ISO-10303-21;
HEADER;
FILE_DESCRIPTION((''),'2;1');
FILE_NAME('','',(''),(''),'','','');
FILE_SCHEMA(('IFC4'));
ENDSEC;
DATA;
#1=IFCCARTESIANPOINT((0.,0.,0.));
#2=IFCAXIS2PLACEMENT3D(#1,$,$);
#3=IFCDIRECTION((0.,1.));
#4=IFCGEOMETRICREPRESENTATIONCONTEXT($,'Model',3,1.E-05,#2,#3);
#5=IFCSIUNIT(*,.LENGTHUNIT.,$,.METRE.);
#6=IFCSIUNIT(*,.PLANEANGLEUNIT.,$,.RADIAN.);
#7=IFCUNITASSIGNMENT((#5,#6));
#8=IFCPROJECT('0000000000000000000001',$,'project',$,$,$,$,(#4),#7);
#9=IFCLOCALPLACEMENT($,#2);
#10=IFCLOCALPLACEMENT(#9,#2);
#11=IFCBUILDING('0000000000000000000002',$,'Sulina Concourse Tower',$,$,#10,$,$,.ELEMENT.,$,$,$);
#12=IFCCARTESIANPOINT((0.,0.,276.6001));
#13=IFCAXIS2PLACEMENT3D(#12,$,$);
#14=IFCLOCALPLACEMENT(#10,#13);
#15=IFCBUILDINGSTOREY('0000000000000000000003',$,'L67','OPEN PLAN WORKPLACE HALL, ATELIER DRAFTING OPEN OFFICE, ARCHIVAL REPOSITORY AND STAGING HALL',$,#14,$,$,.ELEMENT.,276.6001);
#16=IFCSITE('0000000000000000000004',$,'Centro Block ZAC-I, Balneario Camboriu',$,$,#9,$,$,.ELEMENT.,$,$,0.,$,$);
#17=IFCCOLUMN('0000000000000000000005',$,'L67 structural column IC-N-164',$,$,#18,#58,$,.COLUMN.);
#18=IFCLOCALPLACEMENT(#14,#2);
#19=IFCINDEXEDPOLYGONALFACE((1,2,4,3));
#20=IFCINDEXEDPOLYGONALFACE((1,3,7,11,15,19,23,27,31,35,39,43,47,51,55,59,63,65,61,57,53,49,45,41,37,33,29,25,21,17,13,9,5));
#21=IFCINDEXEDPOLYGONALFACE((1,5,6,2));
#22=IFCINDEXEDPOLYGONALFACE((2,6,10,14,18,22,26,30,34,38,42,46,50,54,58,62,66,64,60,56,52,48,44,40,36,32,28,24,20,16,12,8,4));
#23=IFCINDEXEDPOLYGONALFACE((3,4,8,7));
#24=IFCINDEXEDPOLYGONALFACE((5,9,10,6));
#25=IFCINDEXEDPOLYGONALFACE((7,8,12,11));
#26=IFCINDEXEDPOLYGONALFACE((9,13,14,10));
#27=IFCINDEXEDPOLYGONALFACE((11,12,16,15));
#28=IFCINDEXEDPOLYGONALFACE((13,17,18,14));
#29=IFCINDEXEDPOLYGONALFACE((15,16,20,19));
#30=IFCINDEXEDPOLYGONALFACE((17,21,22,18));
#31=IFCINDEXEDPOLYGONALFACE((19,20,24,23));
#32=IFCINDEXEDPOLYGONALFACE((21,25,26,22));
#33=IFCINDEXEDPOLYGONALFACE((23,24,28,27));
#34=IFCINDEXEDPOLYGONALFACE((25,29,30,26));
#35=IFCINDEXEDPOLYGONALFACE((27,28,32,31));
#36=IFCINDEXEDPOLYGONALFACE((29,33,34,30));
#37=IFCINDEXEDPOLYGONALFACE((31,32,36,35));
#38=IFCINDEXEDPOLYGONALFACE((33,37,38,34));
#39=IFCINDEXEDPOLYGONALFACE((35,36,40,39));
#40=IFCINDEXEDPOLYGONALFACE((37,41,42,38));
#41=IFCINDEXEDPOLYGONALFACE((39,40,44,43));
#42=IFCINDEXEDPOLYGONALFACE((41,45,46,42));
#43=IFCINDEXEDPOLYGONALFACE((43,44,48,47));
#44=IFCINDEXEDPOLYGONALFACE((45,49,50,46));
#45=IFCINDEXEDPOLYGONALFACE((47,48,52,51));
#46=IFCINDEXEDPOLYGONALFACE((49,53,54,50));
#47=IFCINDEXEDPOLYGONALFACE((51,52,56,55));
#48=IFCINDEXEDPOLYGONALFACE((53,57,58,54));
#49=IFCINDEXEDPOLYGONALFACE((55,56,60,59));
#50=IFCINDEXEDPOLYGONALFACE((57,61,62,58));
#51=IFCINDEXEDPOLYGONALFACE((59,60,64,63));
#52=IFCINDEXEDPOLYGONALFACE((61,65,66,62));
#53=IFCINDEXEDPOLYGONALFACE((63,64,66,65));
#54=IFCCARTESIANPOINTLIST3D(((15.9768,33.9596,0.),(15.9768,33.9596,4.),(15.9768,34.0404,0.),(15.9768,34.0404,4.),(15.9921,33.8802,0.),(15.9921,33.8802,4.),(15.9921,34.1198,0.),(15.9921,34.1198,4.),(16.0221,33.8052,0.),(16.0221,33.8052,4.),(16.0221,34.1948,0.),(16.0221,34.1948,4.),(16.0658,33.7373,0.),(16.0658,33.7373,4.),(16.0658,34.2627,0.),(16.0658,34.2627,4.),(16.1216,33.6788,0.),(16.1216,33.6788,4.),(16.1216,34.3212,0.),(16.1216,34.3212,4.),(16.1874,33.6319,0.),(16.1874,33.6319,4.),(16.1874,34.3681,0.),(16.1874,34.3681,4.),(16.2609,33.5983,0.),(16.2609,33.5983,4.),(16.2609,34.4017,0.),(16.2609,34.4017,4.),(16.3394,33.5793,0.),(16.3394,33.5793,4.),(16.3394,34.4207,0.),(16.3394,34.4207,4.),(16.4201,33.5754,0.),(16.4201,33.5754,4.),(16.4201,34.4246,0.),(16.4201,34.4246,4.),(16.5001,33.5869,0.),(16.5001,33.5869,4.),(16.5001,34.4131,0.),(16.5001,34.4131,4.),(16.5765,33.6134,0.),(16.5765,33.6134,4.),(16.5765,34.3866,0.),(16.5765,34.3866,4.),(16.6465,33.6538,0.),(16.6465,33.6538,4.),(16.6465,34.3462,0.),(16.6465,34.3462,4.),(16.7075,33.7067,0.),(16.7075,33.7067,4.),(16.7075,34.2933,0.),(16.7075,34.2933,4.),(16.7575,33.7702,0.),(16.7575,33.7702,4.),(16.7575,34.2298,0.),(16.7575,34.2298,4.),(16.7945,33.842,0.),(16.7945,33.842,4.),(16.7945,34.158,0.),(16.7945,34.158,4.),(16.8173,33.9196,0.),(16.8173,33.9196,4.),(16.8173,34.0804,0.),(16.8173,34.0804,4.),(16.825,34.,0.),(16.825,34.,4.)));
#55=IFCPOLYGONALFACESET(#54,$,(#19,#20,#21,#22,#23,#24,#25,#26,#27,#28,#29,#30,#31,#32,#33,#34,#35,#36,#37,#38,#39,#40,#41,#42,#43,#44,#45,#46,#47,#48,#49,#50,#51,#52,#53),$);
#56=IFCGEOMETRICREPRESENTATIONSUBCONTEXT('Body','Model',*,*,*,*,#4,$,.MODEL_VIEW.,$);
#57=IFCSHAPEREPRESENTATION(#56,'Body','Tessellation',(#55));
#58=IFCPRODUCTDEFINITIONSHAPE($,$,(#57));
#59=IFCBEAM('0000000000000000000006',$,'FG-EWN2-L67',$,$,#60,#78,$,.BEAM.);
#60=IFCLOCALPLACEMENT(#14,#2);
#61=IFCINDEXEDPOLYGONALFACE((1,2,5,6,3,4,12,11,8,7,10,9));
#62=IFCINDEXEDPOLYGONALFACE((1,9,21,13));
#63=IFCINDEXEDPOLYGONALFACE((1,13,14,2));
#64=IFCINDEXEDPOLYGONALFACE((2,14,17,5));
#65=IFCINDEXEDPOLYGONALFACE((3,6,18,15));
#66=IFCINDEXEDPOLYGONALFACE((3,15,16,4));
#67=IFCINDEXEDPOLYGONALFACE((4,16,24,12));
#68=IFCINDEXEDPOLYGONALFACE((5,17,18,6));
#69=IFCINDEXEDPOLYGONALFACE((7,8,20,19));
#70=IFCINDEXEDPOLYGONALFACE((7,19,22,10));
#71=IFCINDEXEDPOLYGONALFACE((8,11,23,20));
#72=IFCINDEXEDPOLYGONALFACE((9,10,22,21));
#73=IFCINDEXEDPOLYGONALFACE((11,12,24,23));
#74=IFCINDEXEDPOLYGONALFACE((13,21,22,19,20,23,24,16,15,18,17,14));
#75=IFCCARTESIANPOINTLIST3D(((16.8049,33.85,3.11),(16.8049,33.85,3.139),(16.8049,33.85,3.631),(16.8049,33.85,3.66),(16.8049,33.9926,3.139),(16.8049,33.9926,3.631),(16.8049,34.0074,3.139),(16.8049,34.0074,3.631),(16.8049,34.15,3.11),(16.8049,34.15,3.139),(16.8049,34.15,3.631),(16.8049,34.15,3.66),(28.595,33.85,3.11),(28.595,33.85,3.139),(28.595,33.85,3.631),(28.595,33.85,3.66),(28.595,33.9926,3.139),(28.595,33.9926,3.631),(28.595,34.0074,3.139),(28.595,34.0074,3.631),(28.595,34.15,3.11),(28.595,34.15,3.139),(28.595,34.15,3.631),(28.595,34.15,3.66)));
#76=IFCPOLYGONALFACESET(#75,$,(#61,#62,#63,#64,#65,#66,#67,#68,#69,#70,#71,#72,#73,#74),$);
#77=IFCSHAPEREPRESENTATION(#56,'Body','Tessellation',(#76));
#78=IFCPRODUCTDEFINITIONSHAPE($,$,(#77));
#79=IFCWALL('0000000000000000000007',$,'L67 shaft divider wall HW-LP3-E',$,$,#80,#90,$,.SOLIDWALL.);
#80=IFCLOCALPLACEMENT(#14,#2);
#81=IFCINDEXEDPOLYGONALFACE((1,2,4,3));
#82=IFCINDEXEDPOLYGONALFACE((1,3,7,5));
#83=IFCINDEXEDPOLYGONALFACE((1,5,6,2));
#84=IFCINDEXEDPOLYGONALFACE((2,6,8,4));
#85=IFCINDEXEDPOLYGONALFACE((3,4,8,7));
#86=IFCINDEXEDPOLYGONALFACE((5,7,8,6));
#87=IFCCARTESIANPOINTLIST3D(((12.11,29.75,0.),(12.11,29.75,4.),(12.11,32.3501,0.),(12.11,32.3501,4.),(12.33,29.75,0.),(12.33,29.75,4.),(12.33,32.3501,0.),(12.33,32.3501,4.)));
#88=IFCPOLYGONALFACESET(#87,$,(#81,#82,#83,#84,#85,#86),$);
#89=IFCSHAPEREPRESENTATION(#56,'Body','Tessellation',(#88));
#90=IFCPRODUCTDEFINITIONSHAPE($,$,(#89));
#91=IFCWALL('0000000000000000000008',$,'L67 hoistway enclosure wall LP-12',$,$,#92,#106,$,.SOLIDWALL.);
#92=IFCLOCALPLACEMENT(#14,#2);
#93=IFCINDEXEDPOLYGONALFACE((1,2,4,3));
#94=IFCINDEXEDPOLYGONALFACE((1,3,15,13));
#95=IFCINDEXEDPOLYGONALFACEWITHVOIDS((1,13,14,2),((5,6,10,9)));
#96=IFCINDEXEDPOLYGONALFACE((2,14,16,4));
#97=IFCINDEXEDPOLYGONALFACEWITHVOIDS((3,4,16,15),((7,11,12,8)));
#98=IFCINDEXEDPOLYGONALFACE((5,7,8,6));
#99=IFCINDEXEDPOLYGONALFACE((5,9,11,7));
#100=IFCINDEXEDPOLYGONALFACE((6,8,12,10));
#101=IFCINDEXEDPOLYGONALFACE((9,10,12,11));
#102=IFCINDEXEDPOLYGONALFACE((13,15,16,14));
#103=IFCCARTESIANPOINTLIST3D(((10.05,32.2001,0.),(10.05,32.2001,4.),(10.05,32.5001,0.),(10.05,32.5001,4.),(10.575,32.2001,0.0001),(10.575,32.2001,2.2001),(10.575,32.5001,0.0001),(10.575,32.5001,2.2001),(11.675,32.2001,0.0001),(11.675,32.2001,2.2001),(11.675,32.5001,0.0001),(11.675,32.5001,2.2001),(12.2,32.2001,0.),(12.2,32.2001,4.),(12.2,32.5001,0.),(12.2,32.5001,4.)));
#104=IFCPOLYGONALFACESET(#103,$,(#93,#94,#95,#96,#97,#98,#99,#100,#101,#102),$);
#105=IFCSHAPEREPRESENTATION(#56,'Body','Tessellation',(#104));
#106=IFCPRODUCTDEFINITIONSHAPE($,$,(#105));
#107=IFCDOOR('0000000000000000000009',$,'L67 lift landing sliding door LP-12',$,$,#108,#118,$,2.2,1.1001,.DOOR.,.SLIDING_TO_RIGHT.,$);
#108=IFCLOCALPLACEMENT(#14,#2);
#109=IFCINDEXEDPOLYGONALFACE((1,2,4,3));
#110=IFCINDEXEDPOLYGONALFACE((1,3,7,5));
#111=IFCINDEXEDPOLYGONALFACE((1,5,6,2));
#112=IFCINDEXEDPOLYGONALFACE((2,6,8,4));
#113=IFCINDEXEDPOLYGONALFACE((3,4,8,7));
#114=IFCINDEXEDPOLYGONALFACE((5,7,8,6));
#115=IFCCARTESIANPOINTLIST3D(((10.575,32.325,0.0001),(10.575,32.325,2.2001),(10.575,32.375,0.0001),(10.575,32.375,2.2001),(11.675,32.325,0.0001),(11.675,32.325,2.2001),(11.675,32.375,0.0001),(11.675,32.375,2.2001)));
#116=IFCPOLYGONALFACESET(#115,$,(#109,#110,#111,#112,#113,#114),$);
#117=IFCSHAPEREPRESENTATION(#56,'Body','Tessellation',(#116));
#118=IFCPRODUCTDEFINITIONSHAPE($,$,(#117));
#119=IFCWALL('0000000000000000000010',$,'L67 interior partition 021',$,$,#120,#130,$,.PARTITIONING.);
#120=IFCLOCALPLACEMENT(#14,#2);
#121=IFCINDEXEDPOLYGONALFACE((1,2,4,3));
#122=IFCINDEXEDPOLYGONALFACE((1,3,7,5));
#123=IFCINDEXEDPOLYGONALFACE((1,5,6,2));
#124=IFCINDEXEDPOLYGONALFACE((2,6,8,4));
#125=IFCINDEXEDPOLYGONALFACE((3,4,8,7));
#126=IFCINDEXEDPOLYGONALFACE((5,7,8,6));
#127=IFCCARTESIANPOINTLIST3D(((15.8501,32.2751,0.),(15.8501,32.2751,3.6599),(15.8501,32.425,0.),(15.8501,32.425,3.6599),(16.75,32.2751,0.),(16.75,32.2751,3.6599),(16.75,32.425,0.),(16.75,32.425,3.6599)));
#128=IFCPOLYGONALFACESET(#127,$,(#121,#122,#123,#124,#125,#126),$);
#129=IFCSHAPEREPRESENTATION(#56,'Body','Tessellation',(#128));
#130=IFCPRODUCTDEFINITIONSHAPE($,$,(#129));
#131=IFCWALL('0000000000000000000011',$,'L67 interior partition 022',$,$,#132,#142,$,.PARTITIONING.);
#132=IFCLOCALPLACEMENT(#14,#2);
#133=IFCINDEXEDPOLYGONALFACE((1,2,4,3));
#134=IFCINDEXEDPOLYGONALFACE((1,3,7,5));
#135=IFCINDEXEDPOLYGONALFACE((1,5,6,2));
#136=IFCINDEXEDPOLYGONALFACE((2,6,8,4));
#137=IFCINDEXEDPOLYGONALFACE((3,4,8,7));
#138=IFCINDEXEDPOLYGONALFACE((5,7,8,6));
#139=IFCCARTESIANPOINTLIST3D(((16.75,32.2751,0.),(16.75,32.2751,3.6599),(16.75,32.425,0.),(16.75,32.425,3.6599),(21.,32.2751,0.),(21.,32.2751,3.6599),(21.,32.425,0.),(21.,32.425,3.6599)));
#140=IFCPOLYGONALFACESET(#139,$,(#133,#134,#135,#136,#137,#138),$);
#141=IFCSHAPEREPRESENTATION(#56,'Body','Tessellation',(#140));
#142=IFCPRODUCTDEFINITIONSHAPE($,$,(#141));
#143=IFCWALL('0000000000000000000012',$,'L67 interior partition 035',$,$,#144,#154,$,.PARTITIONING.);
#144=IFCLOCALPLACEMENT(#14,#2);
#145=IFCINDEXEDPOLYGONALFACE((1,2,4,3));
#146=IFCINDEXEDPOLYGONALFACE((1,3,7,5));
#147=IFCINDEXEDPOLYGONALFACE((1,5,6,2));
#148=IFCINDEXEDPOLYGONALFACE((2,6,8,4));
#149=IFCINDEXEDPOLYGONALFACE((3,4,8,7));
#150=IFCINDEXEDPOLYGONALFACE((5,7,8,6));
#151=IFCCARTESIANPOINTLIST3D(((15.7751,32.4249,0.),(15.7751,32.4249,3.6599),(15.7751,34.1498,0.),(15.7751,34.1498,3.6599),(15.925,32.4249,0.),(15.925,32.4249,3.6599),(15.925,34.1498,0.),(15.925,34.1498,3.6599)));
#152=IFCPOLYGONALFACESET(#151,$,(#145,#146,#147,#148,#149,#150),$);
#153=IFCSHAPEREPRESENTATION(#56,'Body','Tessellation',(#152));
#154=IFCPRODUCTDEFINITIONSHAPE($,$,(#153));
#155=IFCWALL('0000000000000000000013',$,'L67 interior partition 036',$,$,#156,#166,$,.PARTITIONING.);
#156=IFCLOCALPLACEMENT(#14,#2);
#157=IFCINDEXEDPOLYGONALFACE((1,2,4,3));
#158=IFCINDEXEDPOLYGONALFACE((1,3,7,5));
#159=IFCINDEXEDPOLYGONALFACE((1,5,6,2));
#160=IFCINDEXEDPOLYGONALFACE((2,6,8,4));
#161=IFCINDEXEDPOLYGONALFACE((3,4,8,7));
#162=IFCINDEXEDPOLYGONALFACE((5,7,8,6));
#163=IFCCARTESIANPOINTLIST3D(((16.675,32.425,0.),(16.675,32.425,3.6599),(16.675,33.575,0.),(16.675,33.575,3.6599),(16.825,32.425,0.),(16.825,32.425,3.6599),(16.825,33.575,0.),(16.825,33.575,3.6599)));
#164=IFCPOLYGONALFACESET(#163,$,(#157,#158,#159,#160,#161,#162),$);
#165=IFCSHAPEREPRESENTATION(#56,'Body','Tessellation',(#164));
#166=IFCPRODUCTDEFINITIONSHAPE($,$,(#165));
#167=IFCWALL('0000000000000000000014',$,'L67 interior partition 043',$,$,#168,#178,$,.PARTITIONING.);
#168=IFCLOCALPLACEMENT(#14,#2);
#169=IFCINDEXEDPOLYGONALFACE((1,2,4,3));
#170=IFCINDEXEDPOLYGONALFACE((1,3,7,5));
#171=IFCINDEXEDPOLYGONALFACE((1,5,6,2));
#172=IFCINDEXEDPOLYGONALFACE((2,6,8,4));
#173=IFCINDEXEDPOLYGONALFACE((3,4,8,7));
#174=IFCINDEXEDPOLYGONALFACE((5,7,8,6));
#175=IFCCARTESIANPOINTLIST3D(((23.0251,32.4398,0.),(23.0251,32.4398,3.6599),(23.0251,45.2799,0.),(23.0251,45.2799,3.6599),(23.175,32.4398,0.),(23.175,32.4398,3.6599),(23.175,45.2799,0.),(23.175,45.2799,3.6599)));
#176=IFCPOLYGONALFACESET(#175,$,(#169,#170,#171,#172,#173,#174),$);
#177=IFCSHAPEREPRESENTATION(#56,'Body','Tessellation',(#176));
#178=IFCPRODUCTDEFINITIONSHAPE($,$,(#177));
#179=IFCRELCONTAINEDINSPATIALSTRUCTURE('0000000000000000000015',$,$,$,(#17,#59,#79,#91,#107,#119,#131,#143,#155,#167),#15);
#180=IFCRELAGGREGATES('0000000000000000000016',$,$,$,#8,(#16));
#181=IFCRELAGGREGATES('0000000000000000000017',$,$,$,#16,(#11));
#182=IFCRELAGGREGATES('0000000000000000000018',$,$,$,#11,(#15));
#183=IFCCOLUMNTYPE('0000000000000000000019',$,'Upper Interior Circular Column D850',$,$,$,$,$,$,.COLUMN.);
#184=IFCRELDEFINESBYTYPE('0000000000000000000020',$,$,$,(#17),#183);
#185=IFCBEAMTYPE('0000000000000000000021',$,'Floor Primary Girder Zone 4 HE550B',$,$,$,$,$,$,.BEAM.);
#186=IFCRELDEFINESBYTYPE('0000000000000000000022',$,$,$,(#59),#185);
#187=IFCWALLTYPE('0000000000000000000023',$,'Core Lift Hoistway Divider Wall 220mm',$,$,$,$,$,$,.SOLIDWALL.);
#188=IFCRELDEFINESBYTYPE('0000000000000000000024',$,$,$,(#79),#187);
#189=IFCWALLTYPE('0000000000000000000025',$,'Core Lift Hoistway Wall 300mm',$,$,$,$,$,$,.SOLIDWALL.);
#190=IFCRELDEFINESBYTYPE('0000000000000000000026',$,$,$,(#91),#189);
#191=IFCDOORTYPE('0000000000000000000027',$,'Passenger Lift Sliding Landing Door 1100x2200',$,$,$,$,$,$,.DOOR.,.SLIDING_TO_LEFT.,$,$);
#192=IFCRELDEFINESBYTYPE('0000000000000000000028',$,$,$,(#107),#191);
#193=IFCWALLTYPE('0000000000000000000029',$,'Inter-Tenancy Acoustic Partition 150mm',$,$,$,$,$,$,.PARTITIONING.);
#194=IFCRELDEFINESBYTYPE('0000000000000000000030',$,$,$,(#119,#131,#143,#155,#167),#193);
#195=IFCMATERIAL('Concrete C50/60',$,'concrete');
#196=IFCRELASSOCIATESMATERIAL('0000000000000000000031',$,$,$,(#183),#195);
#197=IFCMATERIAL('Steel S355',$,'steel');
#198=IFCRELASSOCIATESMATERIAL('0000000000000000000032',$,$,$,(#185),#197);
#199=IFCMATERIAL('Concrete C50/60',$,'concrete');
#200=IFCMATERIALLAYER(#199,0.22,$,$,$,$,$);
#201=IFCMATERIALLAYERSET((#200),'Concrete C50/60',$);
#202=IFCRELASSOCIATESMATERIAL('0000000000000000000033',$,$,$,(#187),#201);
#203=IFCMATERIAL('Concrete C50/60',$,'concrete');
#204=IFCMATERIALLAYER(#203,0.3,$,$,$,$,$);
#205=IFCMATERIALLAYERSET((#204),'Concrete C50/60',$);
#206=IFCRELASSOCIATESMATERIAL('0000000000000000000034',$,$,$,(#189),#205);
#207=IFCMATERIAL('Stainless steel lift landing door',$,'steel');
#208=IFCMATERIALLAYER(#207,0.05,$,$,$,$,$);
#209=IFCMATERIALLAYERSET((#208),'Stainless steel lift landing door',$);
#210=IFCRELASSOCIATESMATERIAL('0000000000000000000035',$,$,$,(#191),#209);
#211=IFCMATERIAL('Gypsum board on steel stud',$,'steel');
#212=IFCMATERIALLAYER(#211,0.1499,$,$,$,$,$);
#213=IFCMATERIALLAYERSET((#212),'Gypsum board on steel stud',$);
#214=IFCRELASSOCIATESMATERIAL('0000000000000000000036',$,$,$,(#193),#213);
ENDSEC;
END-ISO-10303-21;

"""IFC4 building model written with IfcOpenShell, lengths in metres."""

from ifc_helpers import new_model, si_unit, direction, frame, frame_2d, origin, origin_2d, place, context, subcontext, project, spatial, rectangle, circle, i_section, extrude, material, layer, layer_set, material_profile, profile_set, type_object, element, fill, save


model = new_model("IFC4")

# Units and contexts
model_context = context("Model", 3, precision=1e-05, world=origin(), true_north=direction((0.0, 1.0)))
body_context = subcontext(model_context, "Body", "Model", "MODEL_VIEW")
ifc_project = project(units=[si_unit("LENGTHUNIT", "METRE"), si_unit("PLANEANGLEUNIT", "RADIAN")], contexts=[model_context])

# Site, building, storey
site_placement = place(None, origin())
site = spatial("IfcSite", under=ifc_project, at=site_placement, Name="Centro Block ZAC-I, Balneario Camboriu", CompositionType="ELEMENT", RefElevation=0.0)
building_placement = place(site_placement, origin())
building = spatial("IfcBuilding", under=site, at=building_placement, Name="Sulina Concourse Tower", CompositionType="ELEMENT")
storey_placement = place(building_placement, frame((0.0, 0.0, 276.6001)))
storey = spatial("IfcBuildingStorey", under=building, at=storey_placement, Name="L67", Description="OPEN PLAN WORKPLACE HALL, ATELIER DRAFTING OPEN OFFICE, ARCHIVAL REPOSITORY AND STAGING HALL", CompositionType="ELEMENT", Elevation=276.6001)

# Column
ifc_material_1 = material(Name="Concrete C50/60", Category="concrete")
ifc_material_profile_1 = material_profile(ifc_material_1, circle(Radius=0.425, at=origin_2d()), Name="RC D850")
ifc_profile_set_1 = profile_set([ifc_material_profile_1], Name="Concrete C50/60")
column_type = type_object("IfcColumnType", Name="Upper Interior Circular Column D850", PredefinedType="COLUMN", material=ifc_profile_set_1)
column_placement = place(storey_placement, frame((16.3999, 34.0, 0.0), z_axis=(0.0, 0.0, 1.0), x_axis=(1.0, 0.0, 0.0)))
element("IfcColumn", 1, at=column_placement, inside=storey, type_object=column_type, Name="L67 structural column IC-N-164", PredefinedType="COLUMN", context=body_context, shape_type="SweptSolid", body=[
    extrude(circle(Radius=0.425, at=origin_2d()), origin(), (0.0, 0.0, 1.0), 4.0),
])

# Beam
ifc_material_2 = material(Name="Steel S355", Category="steel")
ifc_material_profile_2 = material_profile(ifc_material_2, i_section(OverallWidth=0.3, OverallDepth=0.55, WebThickness=0.0149, FlangeThickness=0.0291, at=origin_2d()), Name="HE 550 B")
ifc_profile_set_2 = profile_set([ifc_material_profile_2], Name="Steel S355")
beam_type = type_object("IfcBeamType", Name="Floor Primary Girder Zone 4 HE550B", PredefinedType="BEAM", material=ifc_profile_set_2)
beam_placement = place(storey_placement, frame((16.8049, 34.0, 3.385), z_axis=(1.0, 0.0, 0.0), x_axis=(0.0, 1.0, 0.0)))
element("IfcBeam", 2, at=beam_placement, inside=storey, type_object=beam_type, Name="FG-EWN2-L67", PredefinedType="BEAM", context=body_context, shape_type="SweptSolid", body=[
    extrude(i_section(OverallWidth=0.3, OverallDepth=0.55, WebThickness=0.0149, FlangeThickness=0.0291, at=origin_2d()), origin(), (0.0, 0.0, 1.0), 11.79),
])

# Wall
ifc_material_3 = material(Name="Concrete C50/60", Category="concrete")
ifc_layer_1 = layer(ifc_material_3, 0.22)
ifc_layer_set_1 = layer_set([ifc_layer_1], Name="Concrete C50/60")
wall_type_1 = type_object("IfcWallType", Name="Core Lift Hoistway Divider Wall 220mm", PredefinedType="SOLIDWALL", material=ifc_layer_set_1)
wall_1_placement = place(storey_placement, frame((12.22, 29.75, 0.0), z_axis=(0.0, 0.0, 1.0), x_axis=(0.0, 1.0, 0.0)))
element("IfcWall", 3, at=wall_1_placement, inside=storey, type_object=wall_type_1, Name="L67 shaft divider wall HW-LP3-E", PredefinedType="SOLIDWALL", context=body_context, shape_type="SweptSolid", body=[
    extrude(rectangle(XDim=2.6001, YDim=0.22, at=frame_2d((1.3, 0.0))), origin(), (0.0, 0.0, 1.0), 4.0),
])

# Wall, opening, door
ifc_material_4 = material(Name="Concrete C50/60", Category="concrete")
ifc_layer_2 = layer(ifc_material_4, 0.3)
ifc_layer_set_2 = layer_set([ifc_layer_2], Name="Concrete C50/60")
wall_type_2 = type_object("IfcWallType", Name="Core Lift Hoistway Wall 300mm", PredefinedType="SOLIDWALL", material=ifc_layer_set_2)
wall_2_placement = place(storey_placement, frame((10.05, 32.3501, 0.0), z_axis=(0.0, 0.0, 1.0), x_axis=(1.0, 0.0, 0.0)))
wall_2 = element("IfcWall", 4, at=wall_2_placement, inside=storey, type_object=wall_type_2, Name="L67 hoistway enclosure wall LP-12", PredefinedType="SOLIDWALL", context=body_context, shape_type="SweptSolid", body=[
    extrude(rectangle(XDim=2.1499, YDim=0.3, at=frame_2d((1.075, 0.0))), origin(), (0.0, 0.0, 1.0), 4.0),
])
opening_1_placement = place(wall_2_placement, frame((0.5249, 0.0, 0.0)))
opening_1 = element("IfcOpeningElement", 5, at=opening_1_placement, cuts=wall_2, PredefinedType="OPENING", context=body_context, shape_type="SweptSolid", body=[
    extrude(rectangle(XDim=1.1001, YDim=2.2, at=frame_2d((0.55, 1.1001))), frame((0.0, 0.1599, 0.0), z_axis=(0.0, -1.0, 0.0), x_axis=(1.0, 0.0, 0.0)), (0.0, 0.0, 1.0), 0.3201),
])
ifc_material_5 = material(Name="Stainless steel lift landing door", Category="steel")
ifc_layer_3 = layer(ifc_material_5, 0.05)
ifc_layer_set_3 = layer_set([ifc_layer_3], Name="Stainless steel lift landing door")
door_type_1 = type_object("IfcDoorType", Name="Passenger Lift Sliding Landing Door 1100x2200", OperationType="SLIDING_TO_LEFT", PredefinedType="DOOR", material=ifc_layer_set_3)
door_1_placement = place(opening_1_placement, origin())
door_1 = element("IfcDoor", 6, at=door_1_placement, inside=storey, type_object=door_type_1, Name="L67 lift landing sliding door LP-12", OperationType="SLIDING_TO_RIGHT", OverallHeight=2.2, OverallWidth=1.1001, PredefinedType="DOOR", context=body_context, shape_type="SweptSolid", body=[
    extrude(rectangle(XDim=1.1001, YDim=2.2, at=frame_2d((0.55, 1.1001))), frame((0.0, 0.0249, 0.0), z_axis=(0.0, -1.0, 0.0), x_axis=(1.0, 0.0, 0.0)), (0.0, 0.0, 1.0), 0.05),
])
fill(opening_1, door_1)
ifc_material_6 = material(Name="Gypsum board on steel stud", Category="steel")
ifc_layer_4 = layer(ifc_material_6, 0.1499)
ifc_layer_set_4 = layer_set([ifc_layer_4], Name="Gypsum board on steel stud")
wall_type_3 = type_object("IfcWallType", Name="Inter-Tenancy Acoustic Partition 150mm", PredefinedType="PARTITIONING", material=ifc_layer_set_4)

# Walls
wall_3_placement = place(storey_placement, frame((15.8501, 32.3501, 0.0), z_axis=(0.0, 0.0, 1.0), x_axis=(1.0, 0.0, 0.0)))
element("IfcWall", 7, at=wall_3_placement, inside=storey, type_object=wall_type_3, Name="L67 interior partition 021", PredefinedType="PARTITIONING", context=body_context, shape_type="SweptSolid", body=[
    extrude(rectangle(XDim=0.8999, YDim=0.1499, at=frame_2d((0.45, 0.0))), origin(), (0.0, 0.0, 1.0), 3.6599),
])
wall_4_placement = place(storey_placement, frame((16.75, 32.3501, 0.0), z_axis=(0.0, 0.0, 1.0), x_axis=(1.0, 0.0, 0.0)))
element("IfcWall", 8, at=wall_4_placement, inside=storey, type_object=wall_type_3, Name="L67 interior partition 022", PredefinedType="PARTITIONING", context=body_context, shape_type="SweptSolid", body=[
    extrude(rectangle(XDim=4.25, YDim=0.1499, at=frame_2d((2.125, 0.0))), origin(), (0.0, 0.0, 1.0), 3.6599),
])
wall_5_placement = place(storey_placement, frame((15.8501, 32.425, 0.0), z_axis=(0.0, 0.0, 1.0), x_axis=(0.0, 1.0, 0.0)))
element("IfcWall", 9, at=wall_5_placement, inside=storey, type_object=wall_type_3, Name="L67 interior partition 035", PredefinedType="PARTITIONING", context=body_context, shape_type="SweptSolid", body=[
    extrude(rectangle(XDim=1.7249, YDim=0.1499, at=frame_2d((0.8623, 0.0))), origin(), (0.0, 0.0, 1.0), 3.6599),
])
wall_6_placement = place(storey_placement, frame((16.75, 32.425, 0.0), z_axis=(0.0, 0.0, 1.0), x_axis=(0.0, 1.0, 0.0)))
element("IfcWall", 10, at=wall_6_placement, inside=storey, type_object=wall_type_3, Name="L67 interior partition 036", PredefinedType="PARTITIONING", context=body_context, shape_type="SweptSolid", body=[
    extrude(rectangle(XDim=1.1499, YDim=0.1499, at=frame_2d((0.575, 0.0))), origin(), (0.0, 0.0, 1.0), 3.6599),
])
wall_7_placement = place(storey_placement, frame((23.1001, 32.4399, 0.0), z_axis=(0.0, 0.0, 1.0), x_axis=(0.0, 1.0, 0.0)))
element("IfcWall", 11, at=wall_7_placement, inside=storey, type_object=wall_type_3, Name="L67 interior partition 043", PredefinedType="PARTITIONING", context=body_context, shape_type="SweptSolid", body=[
    extrude(rectangle(XDim=12.8401, YDim=0.1499, at=frame_2d((6.4199, 0.0))), origin(), (0.0, 0.0, 1.0), 3.6599),
])

save(model, "model.ifc")
